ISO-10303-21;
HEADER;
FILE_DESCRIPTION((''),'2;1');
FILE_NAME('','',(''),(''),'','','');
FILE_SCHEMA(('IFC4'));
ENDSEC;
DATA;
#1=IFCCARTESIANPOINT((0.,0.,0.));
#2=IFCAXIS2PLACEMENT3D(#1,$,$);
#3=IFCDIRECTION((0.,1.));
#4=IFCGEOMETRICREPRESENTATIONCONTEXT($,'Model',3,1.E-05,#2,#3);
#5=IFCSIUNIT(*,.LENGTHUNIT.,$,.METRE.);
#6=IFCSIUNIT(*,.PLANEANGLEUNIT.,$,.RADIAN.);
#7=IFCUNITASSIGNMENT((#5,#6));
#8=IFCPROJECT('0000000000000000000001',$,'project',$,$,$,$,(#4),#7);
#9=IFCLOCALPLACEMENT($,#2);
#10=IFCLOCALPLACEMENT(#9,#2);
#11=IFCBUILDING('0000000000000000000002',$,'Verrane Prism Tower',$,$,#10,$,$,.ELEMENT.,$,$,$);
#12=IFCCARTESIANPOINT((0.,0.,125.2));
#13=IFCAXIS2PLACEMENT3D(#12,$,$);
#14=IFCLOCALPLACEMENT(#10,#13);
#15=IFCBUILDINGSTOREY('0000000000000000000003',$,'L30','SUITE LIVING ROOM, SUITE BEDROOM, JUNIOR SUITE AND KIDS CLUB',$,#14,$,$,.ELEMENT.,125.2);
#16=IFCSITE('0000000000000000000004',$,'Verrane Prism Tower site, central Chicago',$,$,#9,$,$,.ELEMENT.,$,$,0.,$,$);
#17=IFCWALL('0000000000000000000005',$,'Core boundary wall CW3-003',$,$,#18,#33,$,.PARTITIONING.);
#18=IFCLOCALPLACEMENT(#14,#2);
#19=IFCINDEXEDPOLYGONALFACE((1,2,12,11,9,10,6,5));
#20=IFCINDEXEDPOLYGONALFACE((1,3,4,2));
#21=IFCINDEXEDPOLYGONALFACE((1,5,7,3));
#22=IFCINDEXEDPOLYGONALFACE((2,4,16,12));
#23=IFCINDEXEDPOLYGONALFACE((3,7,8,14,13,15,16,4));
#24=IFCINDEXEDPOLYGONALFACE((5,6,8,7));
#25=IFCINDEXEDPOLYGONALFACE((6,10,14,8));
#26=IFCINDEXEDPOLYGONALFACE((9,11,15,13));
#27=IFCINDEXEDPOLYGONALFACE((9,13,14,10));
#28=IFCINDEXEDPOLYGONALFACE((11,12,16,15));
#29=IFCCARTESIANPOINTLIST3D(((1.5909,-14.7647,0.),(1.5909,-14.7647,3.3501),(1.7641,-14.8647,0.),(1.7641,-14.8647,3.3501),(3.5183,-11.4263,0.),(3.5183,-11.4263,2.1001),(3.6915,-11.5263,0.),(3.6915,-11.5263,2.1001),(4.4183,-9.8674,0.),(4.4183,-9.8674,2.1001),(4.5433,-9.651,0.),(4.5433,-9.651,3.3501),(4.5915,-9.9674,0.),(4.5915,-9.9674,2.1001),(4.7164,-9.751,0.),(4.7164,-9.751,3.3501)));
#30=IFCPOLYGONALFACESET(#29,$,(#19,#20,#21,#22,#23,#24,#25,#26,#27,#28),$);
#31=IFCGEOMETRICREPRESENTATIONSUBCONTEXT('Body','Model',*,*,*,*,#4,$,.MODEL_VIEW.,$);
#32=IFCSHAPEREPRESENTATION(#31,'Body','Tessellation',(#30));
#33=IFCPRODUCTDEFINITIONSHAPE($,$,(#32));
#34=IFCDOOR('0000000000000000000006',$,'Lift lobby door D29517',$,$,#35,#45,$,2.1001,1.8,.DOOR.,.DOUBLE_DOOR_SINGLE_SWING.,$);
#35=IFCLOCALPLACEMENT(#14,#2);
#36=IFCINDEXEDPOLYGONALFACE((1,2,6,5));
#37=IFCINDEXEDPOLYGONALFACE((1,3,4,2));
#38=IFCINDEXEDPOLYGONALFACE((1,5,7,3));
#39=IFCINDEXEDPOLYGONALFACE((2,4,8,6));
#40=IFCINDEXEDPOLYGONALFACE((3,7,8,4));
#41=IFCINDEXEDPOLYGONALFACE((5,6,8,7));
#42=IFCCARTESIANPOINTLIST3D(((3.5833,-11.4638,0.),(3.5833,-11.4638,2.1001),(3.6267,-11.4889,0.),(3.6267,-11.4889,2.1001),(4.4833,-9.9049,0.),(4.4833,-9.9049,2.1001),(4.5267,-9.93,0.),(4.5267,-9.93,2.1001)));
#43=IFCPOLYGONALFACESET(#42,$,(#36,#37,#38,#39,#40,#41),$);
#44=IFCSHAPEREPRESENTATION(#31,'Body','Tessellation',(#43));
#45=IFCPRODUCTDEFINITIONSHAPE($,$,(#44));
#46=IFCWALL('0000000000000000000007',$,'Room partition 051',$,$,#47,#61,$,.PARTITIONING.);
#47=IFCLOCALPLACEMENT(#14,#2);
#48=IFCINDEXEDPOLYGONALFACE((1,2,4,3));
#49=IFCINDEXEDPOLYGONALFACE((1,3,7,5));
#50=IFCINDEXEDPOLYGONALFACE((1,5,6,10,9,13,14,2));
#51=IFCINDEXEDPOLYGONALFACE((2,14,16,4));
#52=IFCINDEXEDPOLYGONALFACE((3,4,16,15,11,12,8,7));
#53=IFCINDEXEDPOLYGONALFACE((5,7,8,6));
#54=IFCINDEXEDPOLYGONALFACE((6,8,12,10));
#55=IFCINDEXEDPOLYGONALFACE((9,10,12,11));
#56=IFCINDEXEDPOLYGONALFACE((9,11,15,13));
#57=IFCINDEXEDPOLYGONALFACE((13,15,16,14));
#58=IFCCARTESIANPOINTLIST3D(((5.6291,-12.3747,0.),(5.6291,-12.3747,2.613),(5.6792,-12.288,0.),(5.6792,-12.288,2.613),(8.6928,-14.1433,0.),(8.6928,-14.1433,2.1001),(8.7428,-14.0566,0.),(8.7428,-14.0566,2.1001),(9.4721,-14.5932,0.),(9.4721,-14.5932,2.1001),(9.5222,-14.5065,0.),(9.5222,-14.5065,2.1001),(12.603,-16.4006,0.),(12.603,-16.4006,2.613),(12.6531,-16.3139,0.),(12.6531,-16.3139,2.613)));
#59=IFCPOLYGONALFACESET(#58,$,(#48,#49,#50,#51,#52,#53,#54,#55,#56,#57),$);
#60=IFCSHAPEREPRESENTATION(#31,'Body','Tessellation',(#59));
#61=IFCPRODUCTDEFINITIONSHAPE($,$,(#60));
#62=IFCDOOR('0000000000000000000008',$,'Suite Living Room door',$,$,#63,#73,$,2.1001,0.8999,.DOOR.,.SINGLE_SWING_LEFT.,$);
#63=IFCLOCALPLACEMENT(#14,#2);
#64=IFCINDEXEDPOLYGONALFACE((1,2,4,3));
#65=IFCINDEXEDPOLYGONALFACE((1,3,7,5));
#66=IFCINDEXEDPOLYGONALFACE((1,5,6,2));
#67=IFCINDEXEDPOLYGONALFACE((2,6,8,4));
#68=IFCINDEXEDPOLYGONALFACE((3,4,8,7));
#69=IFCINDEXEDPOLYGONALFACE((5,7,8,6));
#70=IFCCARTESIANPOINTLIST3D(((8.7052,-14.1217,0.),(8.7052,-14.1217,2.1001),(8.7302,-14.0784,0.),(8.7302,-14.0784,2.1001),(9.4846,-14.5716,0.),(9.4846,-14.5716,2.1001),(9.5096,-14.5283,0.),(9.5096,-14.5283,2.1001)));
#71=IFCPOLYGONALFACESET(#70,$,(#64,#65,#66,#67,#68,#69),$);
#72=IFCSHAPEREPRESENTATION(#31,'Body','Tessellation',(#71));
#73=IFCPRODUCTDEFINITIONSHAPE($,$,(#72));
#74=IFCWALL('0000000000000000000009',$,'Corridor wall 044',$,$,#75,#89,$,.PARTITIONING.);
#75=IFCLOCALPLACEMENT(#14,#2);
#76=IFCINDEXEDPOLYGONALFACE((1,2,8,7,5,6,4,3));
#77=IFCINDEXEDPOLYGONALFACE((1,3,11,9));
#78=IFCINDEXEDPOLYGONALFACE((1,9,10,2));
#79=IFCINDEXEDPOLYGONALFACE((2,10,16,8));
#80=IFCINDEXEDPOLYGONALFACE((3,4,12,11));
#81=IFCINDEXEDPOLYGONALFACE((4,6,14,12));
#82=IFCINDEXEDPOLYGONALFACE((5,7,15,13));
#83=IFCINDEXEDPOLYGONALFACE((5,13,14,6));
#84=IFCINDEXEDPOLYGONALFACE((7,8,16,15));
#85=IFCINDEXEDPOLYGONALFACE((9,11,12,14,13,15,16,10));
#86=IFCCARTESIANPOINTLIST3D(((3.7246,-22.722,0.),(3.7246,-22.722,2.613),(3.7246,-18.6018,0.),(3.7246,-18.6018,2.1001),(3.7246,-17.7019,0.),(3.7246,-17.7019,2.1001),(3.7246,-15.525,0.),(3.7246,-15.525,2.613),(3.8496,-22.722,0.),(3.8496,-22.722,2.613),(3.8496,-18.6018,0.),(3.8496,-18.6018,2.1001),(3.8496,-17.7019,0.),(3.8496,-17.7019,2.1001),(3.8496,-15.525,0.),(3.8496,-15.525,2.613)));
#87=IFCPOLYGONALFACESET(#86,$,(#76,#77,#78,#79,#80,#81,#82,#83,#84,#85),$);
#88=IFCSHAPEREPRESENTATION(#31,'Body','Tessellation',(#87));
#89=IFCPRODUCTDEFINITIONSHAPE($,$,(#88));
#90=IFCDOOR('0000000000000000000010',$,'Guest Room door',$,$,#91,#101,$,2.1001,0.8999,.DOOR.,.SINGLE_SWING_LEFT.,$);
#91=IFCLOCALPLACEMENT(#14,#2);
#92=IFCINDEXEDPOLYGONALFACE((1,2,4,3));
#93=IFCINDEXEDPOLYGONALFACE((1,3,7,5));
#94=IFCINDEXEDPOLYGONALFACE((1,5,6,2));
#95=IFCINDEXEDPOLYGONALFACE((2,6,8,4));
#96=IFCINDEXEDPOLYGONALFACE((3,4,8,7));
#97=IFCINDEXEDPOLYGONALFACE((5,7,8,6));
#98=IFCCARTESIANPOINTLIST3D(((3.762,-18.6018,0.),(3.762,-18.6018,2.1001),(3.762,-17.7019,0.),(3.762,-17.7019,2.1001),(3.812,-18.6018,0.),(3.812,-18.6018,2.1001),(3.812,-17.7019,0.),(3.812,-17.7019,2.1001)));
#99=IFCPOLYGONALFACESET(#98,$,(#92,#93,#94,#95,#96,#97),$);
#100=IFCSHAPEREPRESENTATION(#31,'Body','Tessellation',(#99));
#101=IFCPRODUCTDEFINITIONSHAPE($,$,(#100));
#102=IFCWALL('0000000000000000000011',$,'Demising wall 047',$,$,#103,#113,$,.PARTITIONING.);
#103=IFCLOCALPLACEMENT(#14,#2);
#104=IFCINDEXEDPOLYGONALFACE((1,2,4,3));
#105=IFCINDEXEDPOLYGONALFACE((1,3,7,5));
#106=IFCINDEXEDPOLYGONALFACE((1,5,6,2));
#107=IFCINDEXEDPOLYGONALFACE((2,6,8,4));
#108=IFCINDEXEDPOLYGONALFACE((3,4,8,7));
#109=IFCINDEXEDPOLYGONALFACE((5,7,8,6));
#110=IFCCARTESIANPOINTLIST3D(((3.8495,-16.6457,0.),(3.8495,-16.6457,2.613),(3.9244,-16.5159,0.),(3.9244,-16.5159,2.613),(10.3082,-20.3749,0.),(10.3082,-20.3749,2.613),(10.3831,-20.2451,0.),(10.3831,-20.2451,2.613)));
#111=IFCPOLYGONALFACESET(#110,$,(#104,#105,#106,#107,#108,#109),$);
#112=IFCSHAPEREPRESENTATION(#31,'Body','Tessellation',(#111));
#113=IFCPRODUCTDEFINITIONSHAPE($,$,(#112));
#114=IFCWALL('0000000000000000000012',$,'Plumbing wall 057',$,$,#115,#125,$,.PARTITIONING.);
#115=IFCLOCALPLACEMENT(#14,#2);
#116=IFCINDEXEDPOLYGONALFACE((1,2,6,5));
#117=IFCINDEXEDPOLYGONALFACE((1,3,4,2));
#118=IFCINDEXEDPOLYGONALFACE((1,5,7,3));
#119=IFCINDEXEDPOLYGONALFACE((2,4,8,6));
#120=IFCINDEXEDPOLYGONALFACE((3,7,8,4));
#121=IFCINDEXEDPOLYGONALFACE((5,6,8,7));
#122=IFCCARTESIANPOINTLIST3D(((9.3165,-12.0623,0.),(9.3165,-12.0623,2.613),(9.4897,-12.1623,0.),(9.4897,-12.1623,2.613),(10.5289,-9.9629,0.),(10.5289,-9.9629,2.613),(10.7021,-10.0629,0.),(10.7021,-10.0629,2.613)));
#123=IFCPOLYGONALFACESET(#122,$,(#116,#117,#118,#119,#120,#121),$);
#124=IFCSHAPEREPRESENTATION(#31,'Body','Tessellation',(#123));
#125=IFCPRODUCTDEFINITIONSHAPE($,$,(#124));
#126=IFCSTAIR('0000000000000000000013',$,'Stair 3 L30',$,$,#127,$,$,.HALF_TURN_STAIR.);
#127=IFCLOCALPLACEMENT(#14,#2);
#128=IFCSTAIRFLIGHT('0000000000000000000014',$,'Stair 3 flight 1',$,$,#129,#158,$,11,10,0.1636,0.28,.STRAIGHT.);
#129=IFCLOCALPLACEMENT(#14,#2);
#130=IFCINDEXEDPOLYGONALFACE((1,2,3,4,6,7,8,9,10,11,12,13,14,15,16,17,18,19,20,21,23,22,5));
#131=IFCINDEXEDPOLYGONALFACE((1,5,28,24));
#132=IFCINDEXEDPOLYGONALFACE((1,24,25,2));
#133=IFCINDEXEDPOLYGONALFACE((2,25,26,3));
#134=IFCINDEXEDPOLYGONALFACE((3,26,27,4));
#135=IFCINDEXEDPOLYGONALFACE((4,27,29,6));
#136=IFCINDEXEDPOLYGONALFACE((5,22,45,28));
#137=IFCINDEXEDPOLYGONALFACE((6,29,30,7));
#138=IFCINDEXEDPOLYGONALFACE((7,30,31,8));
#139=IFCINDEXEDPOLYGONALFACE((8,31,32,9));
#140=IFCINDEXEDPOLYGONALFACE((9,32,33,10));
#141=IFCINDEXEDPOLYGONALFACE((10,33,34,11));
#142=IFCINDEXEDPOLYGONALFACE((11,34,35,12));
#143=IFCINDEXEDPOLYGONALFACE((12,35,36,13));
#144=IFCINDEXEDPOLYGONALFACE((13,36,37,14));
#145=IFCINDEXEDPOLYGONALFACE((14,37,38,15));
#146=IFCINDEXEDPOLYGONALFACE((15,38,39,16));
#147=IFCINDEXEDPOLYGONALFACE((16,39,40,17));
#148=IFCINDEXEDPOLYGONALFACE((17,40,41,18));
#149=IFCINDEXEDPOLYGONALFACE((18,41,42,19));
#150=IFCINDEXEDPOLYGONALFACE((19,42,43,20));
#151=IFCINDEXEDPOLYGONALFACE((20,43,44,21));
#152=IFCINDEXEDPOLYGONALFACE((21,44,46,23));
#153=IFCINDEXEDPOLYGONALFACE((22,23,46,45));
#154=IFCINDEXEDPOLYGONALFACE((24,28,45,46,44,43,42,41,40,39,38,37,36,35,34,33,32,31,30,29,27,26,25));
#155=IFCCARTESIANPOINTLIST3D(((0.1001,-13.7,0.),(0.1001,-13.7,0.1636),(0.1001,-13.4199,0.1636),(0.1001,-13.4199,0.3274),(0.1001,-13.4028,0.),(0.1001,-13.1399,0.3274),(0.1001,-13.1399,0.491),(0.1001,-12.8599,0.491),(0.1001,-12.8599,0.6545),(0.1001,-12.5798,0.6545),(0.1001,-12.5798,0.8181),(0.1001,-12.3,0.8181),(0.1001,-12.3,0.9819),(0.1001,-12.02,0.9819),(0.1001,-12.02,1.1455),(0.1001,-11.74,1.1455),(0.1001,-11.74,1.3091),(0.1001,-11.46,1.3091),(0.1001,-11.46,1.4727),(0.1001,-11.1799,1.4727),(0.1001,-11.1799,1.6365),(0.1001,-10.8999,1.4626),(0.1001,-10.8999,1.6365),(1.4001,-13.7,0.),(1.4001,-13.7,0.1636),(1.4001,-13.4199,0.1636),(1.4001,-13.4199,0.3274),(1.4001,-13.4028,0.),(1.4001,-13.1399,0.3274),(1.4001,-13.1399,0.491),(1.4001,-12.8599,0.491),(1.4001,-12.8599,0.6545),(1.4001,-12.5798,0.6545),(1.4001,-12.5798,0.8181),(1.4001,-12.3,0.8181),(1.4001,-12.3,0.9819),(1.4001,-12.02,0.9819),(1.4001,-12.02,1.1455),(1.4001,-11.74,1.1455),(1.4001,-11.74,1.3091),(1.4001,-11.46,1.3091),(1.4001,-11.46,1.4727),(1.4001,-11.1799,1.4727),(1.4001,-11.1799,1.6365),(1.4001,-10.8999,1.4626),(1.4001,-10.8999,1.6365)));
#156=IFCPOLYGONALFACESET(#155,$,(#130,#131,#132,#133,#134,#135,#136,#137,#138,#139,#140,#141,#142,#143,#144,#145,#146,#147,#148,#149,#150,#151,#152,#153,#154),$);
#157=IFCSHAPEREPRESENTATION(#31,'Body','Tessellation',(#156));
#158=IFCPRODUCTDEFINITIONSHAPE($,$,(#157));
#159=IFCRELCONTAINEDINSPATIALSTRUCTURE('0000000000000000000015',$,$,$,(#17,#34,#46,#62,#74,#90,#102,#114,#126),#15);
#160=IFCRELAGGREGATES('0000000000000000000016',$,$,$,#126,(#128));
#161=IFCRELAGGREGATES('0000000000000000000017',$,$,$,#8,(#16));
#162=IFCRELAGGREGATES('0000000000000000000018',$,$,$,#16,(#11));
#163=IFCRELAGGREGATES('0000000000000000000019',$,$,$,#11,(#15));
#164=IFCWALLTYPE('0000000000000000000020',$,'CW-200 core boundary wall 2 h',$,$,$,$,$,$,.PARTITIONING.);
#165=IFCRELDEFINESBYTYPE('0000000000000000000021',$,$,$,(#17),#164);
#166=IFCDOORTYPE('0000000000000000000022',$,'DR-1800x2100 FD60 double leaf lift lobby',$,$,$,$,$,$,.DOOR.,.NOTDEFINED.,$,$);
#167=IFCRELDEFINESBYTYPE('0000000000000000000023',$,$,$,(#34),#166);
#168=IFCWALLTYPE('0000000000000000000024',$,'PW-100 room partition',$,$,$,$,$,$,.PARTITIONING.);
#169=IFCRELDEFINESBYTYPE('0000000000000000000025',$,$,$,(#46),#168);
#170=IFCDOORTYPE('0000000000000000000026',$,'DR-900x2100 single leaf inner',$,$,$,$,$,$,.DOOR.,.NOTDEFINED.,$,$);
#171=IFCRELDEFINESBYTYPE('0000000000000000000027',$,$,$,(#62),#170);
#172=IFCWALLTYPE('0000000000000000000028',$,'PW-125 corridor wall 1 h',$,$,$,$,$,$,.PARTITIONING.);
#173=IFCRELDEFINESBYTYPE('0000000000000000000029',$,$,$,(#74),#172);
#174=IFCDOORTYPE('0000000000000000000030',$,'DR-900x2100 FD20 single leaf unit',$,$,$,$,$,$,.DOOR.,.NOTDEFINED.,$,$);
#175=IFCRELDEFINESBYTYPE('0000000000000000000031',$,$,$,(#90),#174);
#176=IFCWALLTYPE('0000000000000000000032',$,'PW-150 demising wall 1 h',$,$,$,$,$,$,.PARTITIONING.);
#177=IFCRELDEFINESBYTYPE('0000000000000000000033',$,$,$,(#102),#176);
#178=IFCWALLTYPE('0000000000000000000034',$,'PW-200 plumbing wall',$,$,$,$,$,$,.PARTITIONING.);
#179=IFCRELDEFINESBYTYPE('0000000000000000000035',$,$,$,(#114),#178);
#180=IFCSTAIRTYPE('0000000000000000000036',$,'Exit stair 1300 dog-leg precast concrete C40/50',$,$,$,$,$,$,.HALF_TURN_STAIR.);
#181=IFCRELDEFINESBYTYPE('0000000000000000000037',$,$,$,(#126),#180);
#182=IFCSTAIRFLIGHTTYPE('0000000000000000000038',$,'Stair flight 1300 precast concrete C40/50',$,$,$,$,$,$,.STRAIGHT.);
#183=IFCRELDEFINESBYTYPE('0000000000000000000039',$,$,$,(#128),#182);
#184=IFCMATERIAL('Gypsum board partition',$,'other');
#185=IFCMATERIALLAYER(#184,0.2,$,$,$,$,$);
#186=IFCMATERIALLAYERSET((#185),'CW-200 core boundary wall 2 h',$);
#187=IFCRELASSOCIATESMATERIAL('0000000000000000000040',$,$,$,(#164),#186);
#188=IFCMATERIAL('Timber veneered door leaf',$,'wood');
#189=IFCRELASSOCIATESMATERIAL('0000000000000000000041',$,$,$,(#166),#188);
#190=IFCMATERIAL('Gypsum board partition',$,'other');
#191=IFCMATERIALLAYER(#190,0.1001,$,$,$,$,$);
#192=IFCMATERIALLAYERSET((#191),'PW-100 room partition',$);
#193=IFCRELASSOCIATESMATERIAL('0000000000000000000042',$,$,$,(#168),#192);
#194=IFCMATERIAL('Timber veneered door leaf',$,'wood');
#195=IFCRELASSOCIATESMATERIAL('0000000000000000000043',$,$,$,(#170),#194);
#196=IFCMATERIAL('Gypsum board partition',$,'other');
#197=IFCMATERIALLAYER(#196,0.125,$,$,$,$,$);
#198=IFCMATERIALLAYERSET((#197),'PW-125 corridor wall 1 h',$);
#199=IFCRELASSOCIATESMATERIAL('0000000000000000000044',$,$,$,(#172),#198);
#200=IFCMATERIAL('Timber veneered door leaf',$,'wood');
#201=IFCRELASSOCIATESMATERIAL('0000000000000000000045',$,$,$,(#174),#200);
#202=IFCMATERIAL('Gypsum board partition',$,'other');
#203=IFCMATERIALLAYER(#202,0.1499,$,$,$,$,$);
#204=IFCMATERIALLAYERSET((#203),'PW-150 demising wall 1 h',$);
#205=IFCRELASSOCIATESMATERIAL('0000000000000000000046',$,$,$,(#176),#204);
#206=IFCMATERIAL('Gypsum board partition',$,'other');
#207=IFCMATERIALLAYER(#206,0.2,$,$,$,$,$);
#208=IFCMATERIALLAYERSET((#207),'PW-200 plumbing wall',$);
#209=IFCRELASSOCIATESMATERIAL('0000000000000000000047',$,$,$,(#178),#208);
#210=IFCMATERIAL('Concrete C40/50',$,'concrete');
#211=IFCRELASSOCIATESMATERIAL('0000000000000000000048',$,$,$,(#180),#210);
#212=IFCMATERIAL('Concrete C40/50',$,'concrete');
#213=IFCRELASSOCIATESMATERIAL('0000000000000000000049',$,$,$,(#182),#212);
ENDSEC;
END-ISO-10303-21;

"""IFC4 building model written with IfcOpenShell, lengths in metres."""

from ifc_helpers import new_model, si_unit, direction, frame, frame_2d, origin, place, context, subcontext, project, spatial, polyline, rectangle, outline, extrude, material, layer, layer_set, type_object, element, fill, aggregate, save


model = new_model("IFC4")

# Units and contexts
model_context = context("Model", 3, precision=1e-05, world=origin(), true_north=direction((0.0, 1.0)))
body_context = subcontext(model_context, "Body", "Model", "MODEL_VIEW")
ifc_project = project(units=[si_unit("LENGTHUNIT", "METRE"), si_unit("PLANEANGLEUNIT", "RADIAN")], contexts=[model_context])

# Site, building, storey
site_placement = place(None, origin())
site = spatial("IfcSite", under=ifc_project, at=site_placement, Name="Verrane Prism Tower site, central Chicago", CompositionType="ELEMENT", RefElevation=0.0)
building_placement = place(site_placement, origin())
building = spatial("IfcBuilding", under=site, at=building_placement, Name="Verrane Prism Tower", CompositionType="ELEMENT")
storey_placement = place(building_placement, frame((0.0, 0.0, 125.2)))
storey = spatial("IfcBuildingStorey", under=building, at=storey_placement, Name="L30", Description="SUITE LIVING ROOM, SUITE BEDROOM, JUNIOR SUITE AND KIDS CLUB", CompositionType="ELEMENT", Elevation=125.2)

# Walls, openings, doors
ifc_material_1 = material(Name="Gypsum board partition", Category="other")
ifc_layer_1 = layer(ifc_material_1, 0.2)
ifc_layer_set_1 = layer_set([ifc_layer_1], Name="CW-200 core boundary wall 2 h")
wall_type_1 = type_object("IfcWallType", Name="CW-200 core boundary wall 2 h", PredefinedType="PARTITIONING", material=ifc_layer_set_1)
wall_1_placement = place(storey_placement, frame((1.6775, -14.8147, 0.0), z_axis=(0.0, 0.0, 1.0), x_axis=(0.499994, 0.866029, 0.0)))
wall_1 = element("IfcWall", 1, at=wall_1_placement, inside=storey, type_object=wall_type_1, Name="Core boundary wall CW3-003", PredefinedType="PARTITIONING", context=body_context, shape_type="SweptSolid", body=[
    extrude(rectangle(XDim=5.9048, YDim=0.2, at=frame_2d((2.9524, 0.0))), origin(), (0.0, 0.0, 1.0), 3.3501),
])
opening_1_placement = place(wall_1_placement, frame((3.855, 0.0, 0.0)))
opening_1 = element("IfcOpeningElement", 2, at=opening_1_placement, cuts=wall_1, PredefinedType="OPENING", context=body_context, shape_type="SweptSolid", body=[
    extrude(rectangle(XDim=1.8, YDim=2.1001, at=frame_2d((0.8999, 1.05))), frame((0.0, 0.1099, 0.0), z_axis=(0.0, -1.0, 0.0), x_axis=(1.0, 0.0, 0.0)), (0.0, 0.0, 1.0), 0.22),
])
ifc_material_2 = material(Name="Timber veneered door leaf", Category="wood")
door_type_1 = type_object("IfcDoorType", Name="DR-1800x2100 FD60 double leaf lift lobby", OperationType="NOTDEFINED", PredefinedType="DOOR", material=ifc_material_2)
door_1_placement = place(opening_1_placement, origin())
door_1 = element("IfcDoor", 3, at=door_1_placement, inside=storey, type_object=door_type_1, Name="Lift lobby door D29517", OperationType="DOUBLE_DOOR_SINGLE_SWING", OverallHeight=2.1001, OverallWidth=1.8, PredefinedType="DOOR", context=body_context, shape_type="SweptSolid", body=[
    extrude(rectangle(XDim=1.8, YDim=2.1001, at=frame_2d((0.8999, 1.05))), frame((0.0, 0.0249, 0.0), z_axis=(0.0, -1.0, 0.0), x_axis=(1.0, 0.0, 0.0)), (0.0, 0.0, 1.0), 0.05),
])
fill(opening_1, door_1)
ifc_material_3 = material(Name="Gypsum board partition", Category="other")
ifc_layer_2 = layer(ifc_material_3, 0.1001)
ifc_layer_set_2 = layer_set([ifc_layer_2], Name="PW-100 room partition")
wall_type_2 = type_object("IfcWallType", Name="PW-100 room partition", PredefinedType="PARTITIONING", material=ifc_layer_set_2)
wall_2_placement = place(storey_placement, frame((5.6541, -12.3313, 0.0), z_axis=(0.0, 0.0, 1.0), x_axis=(0.866052, -0.499954, 0.0)))
wall_2 = element("IfcWall", 4, at=wall_2_placement, inside=storey, type_object=wall_type_2, Name="Room partition 051", PredefinedType="PARTITIONING", context=body_context, shape_type="SweptSolid", body=[
    extrude(rectangle(XDim=8.0525, YDim=0.1001, at=frame_2d((4.0264, 0.0))), origin(), (0.0, 0.0, 1.0), 2.613),
])
opening_2_placement = place(wall_2_placement, frame((3.5376, 0.0, 0.0)))
opening_2 = element("IfcOpeningElement", 5, at=opening_2_placement, cuts=wall_2, PredefinedType="OPENING", context=body_context, shape_type="SweptSolid", body=[
    extrude(rectangle(XDim=0.8999, YDim=2.1001, at=frame_2d((0.45, 1.05))), frame((0.0, 0.0601, 0.0), z_axis=(0.0, -1.0, 0.0), x_axis=(1.0, 0.0, 0.0)), (0.0, 0.0, 1.0), 0.1201),
])
ifc_material_4 = material(Name="Timber veneered door leaf", Category="wood")
door_type_2 = type_object("IfcDoorType", Name="DR-900x2100 single leaf inner", OperationType="NOTDEFINED", PredefinedType="DOOR", material=ifc_material_4)
door_2_placement = place(opening_2_placement, origin())
door_2 = element("IfcDoor", 6, at=door_2_placement, inside=storey, type_object=door_type_2, Name="Suite Living Room door", OperationType="SINGLE_SWING_LEFT", OverallHeight=2.1001, OverallWidth=0.8999, PredefinedType="DOOR", context=body_context, shape_type="SweptSolid", body=[
    extrude(rectangle(XDim=0.8999, YDim=2.1001, at=frame_2d((0.45, 1.05))), frame((0.0, 0.0249, 0.0), z_axis=(0.0, -1.0, 0.0), x_axis=(1.0, 0.0, 0.0)), (0.0, 0.0, 1.0), 0.05),
])
fill(opening_2, door_2)
ifc_material_5 = material(Name="Gypsum board partition", Category="other")
ifc_layer_3 = layer(ifc_material_5, 0.125)
ifc_layer_set_3 = layer_set([ifc_layer_3], Name="PW-125 corridor wall 1 h")
wall_type_3 = type_object("IfcWallType", Name="PW-125 corridor wall 1 h", PredefinedType="PARTITIONING", material=ifc_layer_set_3)
wall_3_placement = place(storey_placement, frame((3.7871, -15.5249, 0.0), z_axis=(0.0, 0.0, 1.0), x_axis=(0.0, -1.0, 0.0)))
wall_3 = element("IfcWall", 7, at=wall_3_placement, inside=storey, type_object=wall_type_3, Name="Corridor wall 044", PredefinedType="PARTITIONING", context=body_context, shape_type="SweptSolid", body=[
    extrude(rectangle(XDim=7.197, YDim=0.125, at=frame_2d((3.5986, 0.0))), origin(), (0.0, 0.0, 1.0), 2.613),
])
opening_3_placement = place(wall_3_placement, frame((2.177, 0.0, 0.0)))
opening_3 = element("IfcOpeningElement", 8, at=opening_3_placement, cuts=wall_3, PredefinedType="OPENING", context=body_context, shape_type="SweptSolid", body=[
    extrude(rectangle(XDim=0.8999, YDim=2.1001, at=frame_2d((0.45, 1.05))), frame((0.0, 0.0725, 0.0), z_axis=(0.0, -1.0, 0.0), x_axis=(1.0, 0.0, 0.0)), (0.0, 0.0, 1.0), 0.145),
])
ifc_material_6 = material(Name="Timber veneered door leaf", Category="wood")
door_type_3 = type_object("IfcDoorType", Name="DR-900x2100 FD20 single leaf unit", OperationType="NOTDEFINED", PredefinedType="DOOR", material=ifc_material_6)
door_3_placement = place(opening_3_placement, origin())
door_3 = element("IfcDoor", 9, at=door_3_placement, inside=storey, type_object=door_type_3, Name="Guest Room door", OperationType="SINGLE_SWING_LEFT", OverallHeight=2.1001, OverallWidth=0.8999, PredefinedType="DOOR", context=body_context, shape_type="SweptSolid", body=[
    extrude(rectangle(XDim=0.8999, YDim=2.1001, at=frame_2d((0.45, 1.05))), frame((0.0, 0.0249, 0.0), z_axis=(0.0, -1.0, 0.0), x_axis=(1.0, 0.0, 0.0)), (0.0, 0.0, 1.0), 0.05),
])
fill(opening_3, door_3)

# Walls
ifc_material_7 = material(Name="Gypsum board partition", Category="other")
ifc_layer_4 = layer(ifc_material_7, 0.1499)
ifc_layer_set_4 = layer_set([ifc_layer_4], Name="PW-150 demising wall 1 h")
wall_type_4 = type_object("IfcWallType", Name="PW-150 demising wall 1 h", PredefinedType="PARTITIONING", material=ifc_layer_set_4)
wall_4_placement = place(storey_placement, frame((3.887, -16.5808, 0.0), z_axis=(0.0, 0.0, 1.0), x_axis=(0.866008, -0.500029, 0.0)))
element("IfcWall", 10, at=wall_4_placement, inside=storey, type_object=wall_type_4, Name="Demising wall 047", PredefinedType="PARTITIONING", context=body_context, shape_type="SweptSolid", body=[
    extrude(rectangle(XDim=7.458, YDim=0.1499, at=frame_2d((3.729, 0.0))), origin(), (0.0, 0.0, 1.0), 2.613),
])
ifc_material_8 = material(Name="Gypsum board partition", Category="other")
ifc_layer_5 = layer(ifc_material_8, 0.2)
ifc_layer_set_5 = layer_set([ifc_layer_5], Name="PW-200 plumbing wall")
wall_type_5 = type_object("IfcWallType", Name="PW-200 plumbing wall", PredefinedType="PARTITIONING", material=ifc_layer_set_5)
wall_5_placement = place(storey_placement, frame((9.4031, -12.1123, 0.0), z_axis=(0.0, 0.0, 1.0), x_axis=(0.500103, 0.865966, 0.0)))
element("IfcWall", 11, at=wall_5_placement, inside=storey, type_object=wall_type_5, Name="Plumbing wall 057", PredefinedType="PARTITIONING", context=body_context, shape_type="SweptSolid", body=[
    extrude(rectangle(XDim=2.4243, YDim=0.2, at=frame_2d((1.2122, 0.0))), origin(), (0.0, 0.0, 1.0), 2.613),
])

# Stair, stair flight
ifc_material_9 = material(Name="Concrete C40/50", Category="concrete")
stair_type = type_object("IfcStairType", Name="Exit stair 1300 dog-leg precast concrete C40/50", PredefinedType="HALF_TURN_STAIR", material=ifc_material_9)
stair_placement = place(storey_placement, origin())
stair = element("IfcStair", 12, at=stair_placement, inside=storey, type_object=stair_type, Name="Stair 3 L30", PredefinedType="HALF_TURN_STAIR")
ifc_material_10 = material(Name="Concrete C40/50", Category="concrete")
stair_flight_type = type_object("IfcStairFlightType", Name="Stair flight 1300 precast concrete C40/50", PredefinedType="STRAIGHT", material=ifc_material_10)
stair_flight_placement = place(storey_placement, frame((0.75, -13.7, 0.0), z_axis=(0.0, 0.0, 1.0), x_axis=(0.0, 1.0, 0.0)))
stair_flight = element("IfcStairFlight", 13, at=stair_flight_placement, type_object=stair_flight_type, Name="Stair 3 flight 1", NumberOfRisers=11, NumberOfTreads=10, PredefinedType="STRAIGHT", RiserHeight=0.1636, TreadLength=0.28, context=body_context, shape_type="SweptSolid", body=[
    extrude(outline(polyline([(0.0, 0.0), (0.0, 0.1636), (0.28, 0.1636), (0.28, 0.3274), (0.5601, 0.3274), (0.5601, 0.491), (0.8401, 0.491), (0.8401, 0.6545), (1.1201, 0.6545), (1.1201, 0.8181), (1.3999, 0.8181), (1.3999, 0.9819), (1.6799, 0.9819), (1.6799, 1.1455), (1.96, 1.1455), (1.96, 1.3091), (2.24, 1.3091), (2.24, 1.4727), (2.52, 1.4727), (2.52, 1.6365), (2.8, 1.6365), (2.8, 1.8), (2.8, 1.4626), (0.2971, 0.0), (0.0, 0.0)])), frame((0.0, 0.6499, 0.0), z_axis=(0.0, -1.0, 0.0), x_axis=(1.0, 0.0, 0.0)), (0.0, 0.0, 1.0), 1.3),
])
aggregate(stair, [stair_flight])

save(model, "model.ifc")
